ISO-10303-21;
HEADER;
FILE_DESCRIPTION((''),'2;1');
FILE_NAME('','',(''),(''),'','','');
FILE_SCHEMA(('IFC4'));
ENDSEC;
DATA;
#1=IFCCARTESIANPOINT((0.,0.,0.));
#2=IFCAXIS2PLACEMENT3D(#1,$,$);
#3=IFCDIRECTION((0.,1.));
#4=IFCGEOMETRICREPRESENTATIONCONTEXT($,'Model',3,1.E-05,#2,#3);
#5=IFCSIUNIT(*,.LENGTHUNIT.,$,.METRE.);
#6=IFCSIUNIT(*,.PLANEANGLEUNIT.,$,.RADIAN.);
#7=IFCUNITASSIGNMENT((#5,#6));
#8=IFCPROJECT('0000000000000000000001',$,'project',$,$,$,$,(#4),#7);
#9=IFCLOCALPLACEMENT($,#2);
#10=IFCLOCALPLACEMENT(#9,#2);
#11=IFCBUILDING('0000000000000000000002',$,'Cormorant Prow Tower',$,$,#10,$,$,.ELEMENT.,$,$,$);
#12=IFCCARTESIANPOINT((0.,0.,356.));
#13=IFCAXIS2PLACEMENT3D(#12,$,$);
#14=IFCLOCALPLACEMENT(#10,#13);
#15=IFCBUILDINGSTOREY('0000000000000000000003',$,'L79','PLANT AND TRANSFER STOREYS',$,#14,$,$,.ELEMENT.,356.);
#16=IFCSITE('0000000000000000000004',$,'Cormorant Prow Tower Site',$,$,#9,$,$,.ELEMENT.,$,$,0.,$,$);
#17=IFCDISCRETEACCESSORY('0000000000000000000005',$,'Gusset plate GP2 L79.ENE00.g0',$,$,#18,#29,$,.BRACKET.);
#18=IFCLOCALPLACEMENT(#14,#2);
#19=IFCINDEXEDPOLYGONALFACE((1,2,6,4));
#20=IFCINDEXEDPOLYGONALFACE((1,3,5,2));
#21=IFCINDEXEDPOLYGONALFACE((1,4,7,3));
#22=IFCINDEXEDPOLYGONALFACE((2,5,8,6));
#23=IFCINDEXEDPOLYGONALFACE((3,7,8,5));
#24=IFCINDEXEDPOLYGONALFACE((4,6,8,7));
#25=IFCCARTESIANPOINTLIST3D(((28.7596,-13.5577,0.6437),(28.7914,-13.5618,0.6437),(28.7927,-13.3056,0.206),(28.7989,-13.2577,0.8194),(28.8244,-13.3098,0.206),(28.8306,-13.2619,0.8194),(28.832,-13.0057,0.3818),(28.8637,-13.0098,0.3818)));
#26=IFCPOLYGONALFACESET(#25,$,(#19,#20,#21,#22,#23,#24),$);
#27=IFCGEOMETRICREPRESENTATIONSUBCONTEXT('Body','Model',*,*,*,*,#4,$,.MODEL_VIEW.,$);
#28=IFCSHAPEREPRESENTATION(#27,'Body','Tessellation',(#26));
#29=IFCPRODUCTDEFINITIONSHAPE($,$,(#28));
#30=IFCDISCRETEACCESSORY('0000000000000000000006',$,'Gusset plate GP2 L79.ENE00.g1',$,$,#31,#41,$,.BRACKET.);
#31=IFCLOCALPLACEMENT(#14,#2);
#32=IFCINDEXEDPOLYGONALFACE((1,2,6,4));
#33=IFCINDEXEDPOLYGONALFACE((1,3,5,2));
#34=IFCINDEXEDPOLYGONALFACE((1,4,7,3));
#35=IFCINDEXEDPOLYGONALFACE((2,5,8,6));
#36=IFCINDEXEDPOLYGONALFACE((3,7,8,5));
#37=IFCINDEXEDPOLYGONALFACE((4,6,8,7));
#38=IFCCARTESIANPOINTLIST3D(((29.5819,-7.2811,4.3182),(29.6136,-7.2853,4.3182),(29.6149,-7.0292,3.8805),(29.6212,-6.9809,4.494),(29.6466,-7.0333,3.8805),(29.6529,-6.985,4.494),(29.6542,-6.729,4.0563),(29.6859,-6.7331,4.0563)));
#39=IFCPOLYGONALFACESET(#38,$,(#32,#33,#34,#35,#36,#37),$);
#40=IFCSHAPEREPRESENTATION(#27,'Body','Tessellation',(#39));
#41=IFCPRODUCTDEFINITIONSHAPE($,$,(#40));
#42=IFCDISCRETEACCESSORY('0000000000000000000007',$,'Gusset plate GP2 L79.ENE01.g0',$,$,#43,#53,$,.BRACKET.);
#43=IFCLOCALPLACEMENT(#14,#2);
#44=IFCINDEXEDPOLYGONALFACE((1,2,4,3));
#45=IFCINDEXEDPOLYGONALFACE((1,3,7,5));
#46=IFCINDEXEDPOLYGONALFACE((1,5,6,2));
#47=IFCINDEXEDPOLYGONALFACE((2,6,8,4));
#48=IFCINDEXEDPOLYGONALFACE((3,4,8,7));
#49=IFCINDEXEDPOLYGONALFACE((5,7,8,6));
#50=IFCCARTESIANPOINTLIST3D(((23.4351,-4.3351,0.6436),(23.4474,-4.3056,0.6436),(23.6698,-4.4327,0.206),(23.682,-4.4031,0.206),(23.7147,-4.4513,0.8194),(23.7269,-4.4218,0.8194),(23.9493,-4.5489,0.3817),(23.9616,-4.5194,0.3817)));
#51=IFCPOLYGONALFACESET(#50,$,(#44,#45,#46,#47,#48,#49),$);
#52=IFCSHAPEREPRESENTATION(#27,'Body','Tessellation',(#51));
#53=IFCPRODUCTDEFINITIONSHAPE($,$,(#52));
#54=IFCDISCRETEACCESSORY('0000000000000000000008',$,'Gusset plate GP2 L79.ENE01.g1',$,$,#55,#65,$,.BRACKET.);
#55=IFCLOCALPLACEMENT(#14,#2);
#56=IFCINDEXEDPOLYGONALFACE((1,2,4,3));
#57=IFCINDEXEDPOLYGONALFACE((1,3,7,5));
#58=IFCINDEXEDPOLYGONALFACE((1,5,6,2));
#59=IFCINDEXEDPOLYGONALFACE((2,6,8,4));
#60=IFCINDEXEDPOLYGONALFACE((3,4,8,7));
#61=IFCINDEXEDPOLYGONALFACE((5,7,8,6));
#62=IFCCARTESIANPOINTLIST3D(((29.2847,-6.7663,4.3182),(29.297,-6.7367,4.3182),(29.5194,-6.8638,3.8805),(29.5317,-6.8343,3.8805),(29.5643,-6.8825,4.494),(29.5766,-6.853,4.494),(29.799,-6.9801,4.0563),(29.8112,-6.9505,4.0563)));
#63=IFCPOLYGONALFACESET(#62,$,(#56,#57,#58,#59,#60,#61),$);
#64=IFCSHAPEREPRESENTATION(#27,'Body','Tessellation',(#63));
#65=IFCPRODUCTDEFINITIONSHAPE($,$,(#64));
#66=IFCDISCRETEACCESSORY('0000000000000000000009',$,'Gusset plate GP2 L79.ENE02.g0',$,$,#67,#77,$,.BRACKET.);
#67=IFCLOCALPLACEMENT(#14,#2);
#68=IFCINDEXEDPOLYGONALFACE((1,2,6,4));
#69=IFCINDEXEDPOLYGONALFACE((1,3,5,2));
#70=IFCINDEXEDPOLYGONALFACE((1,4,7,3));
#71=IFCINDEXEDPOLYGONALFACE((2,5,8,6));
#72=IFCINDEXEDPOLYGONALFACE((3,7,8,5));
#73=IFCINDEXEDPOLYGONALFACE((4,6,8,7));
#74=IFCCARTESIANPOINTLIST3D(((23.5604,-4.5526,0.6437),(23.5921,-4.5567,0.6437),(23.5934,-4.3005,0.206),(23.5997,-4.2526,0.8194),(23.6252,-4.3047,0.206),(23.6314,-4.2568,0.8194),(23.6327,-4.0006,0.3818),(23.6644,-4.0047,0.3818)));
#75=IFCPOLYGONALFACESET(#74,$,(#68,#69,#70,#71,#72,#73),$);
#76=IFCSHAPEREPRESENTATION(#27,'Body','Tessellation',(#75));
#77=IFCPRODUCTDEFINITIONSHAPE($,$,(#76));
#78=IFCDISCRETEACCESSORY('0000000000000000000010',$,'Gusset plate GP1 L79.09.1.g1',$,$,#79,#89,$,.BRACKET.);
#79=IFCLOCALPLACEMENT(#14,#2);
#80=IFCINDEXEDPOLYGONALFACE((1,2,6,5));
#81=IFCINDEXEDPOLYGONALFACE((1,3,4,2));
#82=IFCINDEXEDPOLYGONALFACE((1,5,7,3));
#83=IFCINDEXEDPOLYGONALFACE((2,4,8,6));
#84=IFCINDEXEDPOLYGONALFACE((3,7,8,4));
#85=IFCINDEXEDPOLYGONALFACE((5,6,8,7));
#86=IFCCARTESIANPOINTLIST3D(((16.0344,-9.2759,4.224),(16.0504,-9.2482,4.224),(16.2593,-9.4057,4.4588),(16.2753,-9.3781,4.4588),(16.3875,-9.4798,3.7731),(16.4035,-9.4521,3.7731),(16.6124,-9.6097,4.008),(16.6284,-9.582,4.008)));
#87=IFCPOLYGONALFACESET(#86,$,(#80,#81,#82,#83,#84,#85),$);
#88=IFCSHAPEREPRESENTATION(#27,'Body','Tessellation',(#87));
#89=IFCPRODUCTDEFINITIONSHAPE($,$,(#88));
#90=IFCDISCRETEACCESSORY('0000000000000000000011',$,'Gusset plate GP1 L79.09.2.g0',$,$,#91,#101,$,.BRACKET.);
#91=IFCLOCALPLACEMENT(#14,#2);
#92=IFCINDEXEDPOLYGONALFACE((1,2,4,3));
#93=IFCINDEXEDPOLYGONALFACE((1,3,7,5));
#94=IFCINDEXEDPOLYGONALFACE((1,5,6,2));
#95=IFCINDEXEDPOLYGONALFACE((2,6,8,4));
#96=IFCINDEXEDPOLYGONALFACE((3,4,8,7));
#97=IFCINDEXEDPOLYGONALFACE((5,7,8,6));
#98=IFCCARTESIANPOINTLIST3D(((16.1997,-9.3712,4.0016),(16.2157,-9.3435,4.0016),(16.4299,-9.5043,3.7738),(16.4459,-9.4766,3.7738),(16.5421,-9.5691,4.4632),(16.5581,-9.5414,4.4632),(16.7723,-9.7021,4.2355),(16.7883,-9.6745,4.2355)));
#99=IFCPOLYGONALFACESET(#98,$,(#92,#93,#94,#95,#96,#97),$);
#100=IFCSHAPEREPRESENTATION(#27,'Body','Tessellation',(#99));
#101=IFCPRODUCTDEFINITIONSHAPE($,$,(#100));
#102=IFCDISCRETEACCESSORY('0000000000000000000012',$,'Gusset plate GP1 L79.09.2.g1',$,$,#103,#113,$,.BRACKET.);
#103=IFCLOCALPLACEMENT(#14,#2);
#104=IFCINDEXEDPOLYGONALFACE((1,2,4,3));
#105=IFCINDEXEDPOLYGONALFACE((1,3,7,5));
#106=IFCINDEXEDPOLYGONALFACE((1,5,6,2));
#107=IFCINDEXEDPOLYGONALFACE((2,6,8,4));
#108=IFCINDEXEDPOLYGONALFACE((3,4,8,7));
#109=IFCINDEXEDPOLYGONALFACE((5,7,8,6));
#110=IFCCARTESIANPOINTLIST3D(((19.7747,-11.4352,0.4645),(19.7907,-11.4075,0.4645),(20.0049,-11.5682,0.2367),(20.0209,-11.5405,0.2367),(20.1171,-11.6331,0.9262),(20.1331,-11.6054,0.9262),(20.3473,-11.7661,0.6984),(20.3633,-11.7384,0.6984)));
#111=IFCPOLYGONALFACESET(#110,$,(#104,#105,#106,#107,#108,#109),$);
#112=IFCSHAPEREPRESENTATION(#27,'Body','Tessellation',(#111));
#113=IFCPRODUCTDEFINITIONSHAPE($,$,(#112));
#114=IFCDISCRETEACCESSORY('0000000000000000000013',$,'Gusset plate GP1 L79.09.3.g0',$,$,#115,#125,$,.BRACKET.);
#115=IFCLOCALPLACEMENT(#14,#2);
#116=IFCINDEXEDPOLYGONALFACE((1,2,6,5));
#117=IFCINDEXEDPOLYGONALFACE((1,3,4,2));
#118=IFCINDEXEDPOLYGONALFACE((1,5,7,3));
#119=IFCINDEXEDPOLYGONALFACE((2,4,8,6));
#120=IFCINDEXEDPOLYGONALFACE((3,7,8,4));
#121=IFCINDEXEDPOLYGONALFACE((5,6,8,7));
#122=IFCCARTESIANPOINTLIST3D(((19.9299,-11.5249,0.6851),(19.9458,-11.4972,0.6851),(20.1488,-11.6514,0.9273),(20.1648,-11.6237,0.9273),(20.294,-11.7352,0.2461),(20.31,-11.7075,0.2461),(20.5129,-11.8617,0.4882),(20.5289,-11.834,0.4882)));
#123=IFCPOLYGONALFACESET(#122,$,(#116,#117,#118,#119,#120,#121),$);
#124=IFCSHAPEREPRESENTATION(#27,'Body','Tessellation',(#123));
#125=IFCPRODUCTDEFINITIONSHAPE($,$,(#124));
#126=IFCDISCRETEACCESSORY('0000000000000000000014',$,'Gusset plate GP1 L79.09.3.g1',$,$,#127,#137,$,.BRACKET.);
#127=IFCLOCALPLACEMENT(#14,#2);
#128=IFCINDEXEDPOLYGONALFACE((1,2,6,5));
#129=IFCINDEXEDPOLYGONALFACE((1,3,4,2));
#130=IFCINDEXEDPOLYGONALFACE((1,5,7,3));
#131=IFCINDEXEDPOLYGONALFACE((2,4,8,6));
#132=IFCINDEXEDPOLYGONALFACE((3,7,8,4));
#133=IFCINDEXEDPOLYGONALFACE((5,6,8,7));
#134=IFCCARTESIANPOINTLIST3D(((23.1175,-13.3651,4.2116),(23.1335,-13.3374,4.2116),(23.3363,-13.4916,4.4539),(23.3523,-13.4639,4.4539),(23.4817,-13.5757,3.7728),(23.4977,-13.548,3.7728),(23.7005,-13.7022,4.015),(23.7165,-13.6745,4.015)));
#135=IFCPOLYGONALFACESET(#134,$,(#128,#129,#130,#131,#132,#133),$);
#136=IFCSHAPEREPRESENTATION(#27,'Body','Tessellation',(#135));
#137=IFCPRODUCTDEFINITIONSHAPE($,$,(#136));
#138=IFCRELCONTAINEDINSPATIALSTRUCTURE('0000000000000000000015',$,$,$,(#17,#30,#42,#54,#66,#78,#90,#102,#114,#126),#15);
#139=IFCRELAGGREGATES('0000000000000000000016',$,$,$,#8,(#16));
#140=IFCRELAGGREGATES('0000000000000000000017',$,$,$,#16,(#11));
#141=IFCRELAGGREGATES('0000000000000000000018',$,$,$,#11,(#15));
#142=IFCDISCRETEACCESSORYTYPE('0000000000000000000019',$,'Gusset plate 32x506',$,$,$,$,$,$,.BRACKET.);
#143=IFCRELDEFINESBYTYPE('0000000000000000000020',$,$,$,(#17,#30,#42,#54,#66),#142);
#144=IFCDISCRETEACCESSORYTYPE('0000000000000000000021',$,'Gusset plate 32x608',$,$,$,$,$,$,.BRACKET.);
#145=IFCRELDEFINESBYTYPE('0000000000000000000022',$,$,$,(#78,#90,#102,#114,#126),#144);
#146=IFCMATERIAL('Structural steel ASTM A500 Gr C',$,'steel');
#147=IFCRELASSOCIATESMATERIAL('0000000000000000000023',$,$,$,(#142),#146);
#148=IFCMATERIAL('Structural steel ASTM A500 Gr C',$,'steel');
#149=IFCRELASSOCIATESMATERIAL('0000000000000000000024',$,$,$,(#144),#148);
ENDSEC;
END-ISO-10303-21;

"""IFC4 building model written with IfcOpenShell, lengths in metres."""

from ifc_helpers import new_model, si_unit, direction, frame, origin, origin_2d, place, context, subcontext, project, spatial, rectangle, extrude, material, material_profile, profile_set, type_object, element, save


model = new_model("IFC4")

# Units and contexts
model_context = context("Model", 3, precision=1e-05, world=origin(), true_north=direction((0.0, 1.0)))
body_context = subcontext(model_context, "Body", "Model", "MODEL_VIEW")
ifc_project = project(units=[si_unit("LENGTHUNIT", "METRE"), si_unit("PLANEANGLEUNIT", "RADIAN")], contexts=[model_context])

# Site, building, storey
site_placement = place(None, origin())
site = spatial("IfcSite", under=ifc_project, at=site_placement, Name="Cormorant Prow Tower Site", CompositionType="ELEMENT", RefElevation=0.0)
building_placement = place(site_placement, origin())
building = spatial("IfcBuilding", under=site, at=building_placement, Name="Cormorant Prow Tower", CompositionType="ELEMENT")
storey_placement = place(building_placement, frame((0.0, 0.0, 356.0)))
storey = spatial("IfcBuildingStorey", under=building, at=storey_placement, Name="L79", Description="PLANT AND TRANSFER STOREYS", CompositionType="ELEMENT", Elevation=356.0)

# Discrete accessories
ifc_material_1 = material(Name="Structural steel ASTM A500 Gr C", Category="steel")
ifc_material_profile_1 = material_profile(ifc_material_1, rectangle(XDim=0.032, YDim=0.5061, at=origin_2d()), Name="Gusset plate 32x506")
ifc_profile_set_1 = profile_set([ifc_material_profile_1], Name="Structural steel ASTM A500 Gr C")
discrete_accessory_type_1 = type_object("IfcDiscreteAccessoryType", Name="Gusset plate 32x506", PredefinedType="BRACKET", material=ifc_profile_set_1)
discrete_accessory_1_placement = place(storey_placement, frame((28.8313, -13.1338, 0.6006), z_axis=(-0.112317, -0.857376, -0.502287), x_axis=(0.991528, -0.129891, 0.0)))
element("IfcDiscreteAccessory", 1, at=discrete_accessory_1_placement, inside=storey, type_object=discrete_accessory_type_1, Name="Gusset plate GP2 L79.ENE00.g0", PredefinedType="BRACKET", context=body_context, shape_type="SweptSolid", body=[
    extrude(rectangle(XDim=0.032, YDim=0.5061, at=origin_2d()), origin(), (0.0, 0.0, 1.0), 0.3499),
])
for number, where, z_axis, x_axis, name in (
    (2, (29.6143, -7.1572, 4.0994), (0.11225, 0.85756, 0.501986), (-0.991542, 0.129787, 0.0), "Gusset plate GP2 L79.ENE00.g1"),
    (3, (23.8381, -4.4854, 0.6006), (-0.798535, 0.331967, -0.502135), (-0.383871, -0.923387, 0.0), "Gusset plate GP2 L79.ENE01.g0"),
    (4, (29.4082, -6.8003, 4.0994), (0.798535, -0.331967, 0.502135), (0.383871, 0.923387, 0.0), "Gusset plate GP2 L79.ENE01.g1"),
):
    element("IfcDiscreteAccessory", number, at=place(storey_placement, frame(where, z_axis=z_axis, x_axis=x_axis)), inside=storey, type_object=discrete_accessory_type_1, Name=name, PredefinedType="BRACKET", context=body_context, shape_type="SweptSolid", body=[
        extrude(rectangle(XDim=0.032, YDim=0.5061, at=origin_2d()), origin(), (0.0, 0.0, 1.0), 0.3501),
    ])
discrete_accessory_2_placement = place(storey_placement, frame((23.6321, -4.1287, 0.6006), z_axis=(-0.112317, -0.857376, -0.502287), x_axis=(0.991528, -0.129891, 0.0)))
element("IfcDiscreteAccessory", 5, at=discrete_accessory_2_placement, inside=storey, type_object=discrete_accessory_type_1, Name="Gusset plate GP2 L79.ENE02.g0", PredefinedType="BRACKET", context=body_context, shape_type="SweptSolid", body=[
    extrude(rectangle(XDim=0.032, YDim=0.5061, at=origin_2d()), origin(), (0.0, 0.0, 1.0), 0.3499),
])
ifc_material_2 = material(Name="Structural steel ASTM A500 Gr C", Category="steel")
ifc_material_profile_2 = material_profile(ifc_material_2, rectangle(XDim=0.032, YDim=0.6079, at=origin_2d()), Name="Gusset plate 32x608")
ifc_profile_set_2 = profile_set([ifc_material_profile_2], Name="Structural steel ASTM A500 Gr C")
discrete_accessory_type_2 = type_object("IfcDiscreteAccessoryType", Name="Gusset plate 32x608", PredefinedType="BRACKET", material=ifc_profile_set_2)
for number, where, z_axis, x_axis, name in (
    (6, (16.219, -9.364, 3.9985), (0.642204, -0.370958, 0.670793), (0.500184, 0.865919, 0.0), "Gusset plate GP1 L79.09.1.g1"),
    (7, (16.6091, -9.5894, 4.0046), (-0.657536, 0.380018, 0.650563), (-0.500385, -0.865803, 0.0), "Gusset plate GP1 L79.09.2.g0"),
    (8, (19.9539, -11.5203, 0.6953), (0.657536, -0.380018, -0.650563), (0.500385, 0.865803, 0.0), "Gusset plate GP1 L79.09.2.g1"),
    (9, (20.3389, -11.7427, 0.7078), (-0.625426, 0.361171, -0.691663), (-0.500085, -0.865977, 0.0), "Gusset plate GP1 L79.09.3.g0"),
    (10, (23.3076, -13.4565, 3.9922), (0.625001, -0.361329, 0.691965), (0.500503, 0.865735, 0.0), "Gusset plate GP1 L79.09.3.g1"),
):
    element("IfcDiscreteAccessory", number, at=place(storey_placement, frame(where, z_axis=z_axis, x_axis=x_axis)), inside=storey, type_object=discrete_accessory_type_2, Name=name, PredefinedType="BRACKET", context=body_context, shape_type="SweptSolid", body=[
        extrude(rectangle(XDim=0.032, YDim=0.6079, at=origin_2d()), origin(), (0.0, 0.0, 1.0), 0.3501),
    ])

save(model, "model.ifc")
